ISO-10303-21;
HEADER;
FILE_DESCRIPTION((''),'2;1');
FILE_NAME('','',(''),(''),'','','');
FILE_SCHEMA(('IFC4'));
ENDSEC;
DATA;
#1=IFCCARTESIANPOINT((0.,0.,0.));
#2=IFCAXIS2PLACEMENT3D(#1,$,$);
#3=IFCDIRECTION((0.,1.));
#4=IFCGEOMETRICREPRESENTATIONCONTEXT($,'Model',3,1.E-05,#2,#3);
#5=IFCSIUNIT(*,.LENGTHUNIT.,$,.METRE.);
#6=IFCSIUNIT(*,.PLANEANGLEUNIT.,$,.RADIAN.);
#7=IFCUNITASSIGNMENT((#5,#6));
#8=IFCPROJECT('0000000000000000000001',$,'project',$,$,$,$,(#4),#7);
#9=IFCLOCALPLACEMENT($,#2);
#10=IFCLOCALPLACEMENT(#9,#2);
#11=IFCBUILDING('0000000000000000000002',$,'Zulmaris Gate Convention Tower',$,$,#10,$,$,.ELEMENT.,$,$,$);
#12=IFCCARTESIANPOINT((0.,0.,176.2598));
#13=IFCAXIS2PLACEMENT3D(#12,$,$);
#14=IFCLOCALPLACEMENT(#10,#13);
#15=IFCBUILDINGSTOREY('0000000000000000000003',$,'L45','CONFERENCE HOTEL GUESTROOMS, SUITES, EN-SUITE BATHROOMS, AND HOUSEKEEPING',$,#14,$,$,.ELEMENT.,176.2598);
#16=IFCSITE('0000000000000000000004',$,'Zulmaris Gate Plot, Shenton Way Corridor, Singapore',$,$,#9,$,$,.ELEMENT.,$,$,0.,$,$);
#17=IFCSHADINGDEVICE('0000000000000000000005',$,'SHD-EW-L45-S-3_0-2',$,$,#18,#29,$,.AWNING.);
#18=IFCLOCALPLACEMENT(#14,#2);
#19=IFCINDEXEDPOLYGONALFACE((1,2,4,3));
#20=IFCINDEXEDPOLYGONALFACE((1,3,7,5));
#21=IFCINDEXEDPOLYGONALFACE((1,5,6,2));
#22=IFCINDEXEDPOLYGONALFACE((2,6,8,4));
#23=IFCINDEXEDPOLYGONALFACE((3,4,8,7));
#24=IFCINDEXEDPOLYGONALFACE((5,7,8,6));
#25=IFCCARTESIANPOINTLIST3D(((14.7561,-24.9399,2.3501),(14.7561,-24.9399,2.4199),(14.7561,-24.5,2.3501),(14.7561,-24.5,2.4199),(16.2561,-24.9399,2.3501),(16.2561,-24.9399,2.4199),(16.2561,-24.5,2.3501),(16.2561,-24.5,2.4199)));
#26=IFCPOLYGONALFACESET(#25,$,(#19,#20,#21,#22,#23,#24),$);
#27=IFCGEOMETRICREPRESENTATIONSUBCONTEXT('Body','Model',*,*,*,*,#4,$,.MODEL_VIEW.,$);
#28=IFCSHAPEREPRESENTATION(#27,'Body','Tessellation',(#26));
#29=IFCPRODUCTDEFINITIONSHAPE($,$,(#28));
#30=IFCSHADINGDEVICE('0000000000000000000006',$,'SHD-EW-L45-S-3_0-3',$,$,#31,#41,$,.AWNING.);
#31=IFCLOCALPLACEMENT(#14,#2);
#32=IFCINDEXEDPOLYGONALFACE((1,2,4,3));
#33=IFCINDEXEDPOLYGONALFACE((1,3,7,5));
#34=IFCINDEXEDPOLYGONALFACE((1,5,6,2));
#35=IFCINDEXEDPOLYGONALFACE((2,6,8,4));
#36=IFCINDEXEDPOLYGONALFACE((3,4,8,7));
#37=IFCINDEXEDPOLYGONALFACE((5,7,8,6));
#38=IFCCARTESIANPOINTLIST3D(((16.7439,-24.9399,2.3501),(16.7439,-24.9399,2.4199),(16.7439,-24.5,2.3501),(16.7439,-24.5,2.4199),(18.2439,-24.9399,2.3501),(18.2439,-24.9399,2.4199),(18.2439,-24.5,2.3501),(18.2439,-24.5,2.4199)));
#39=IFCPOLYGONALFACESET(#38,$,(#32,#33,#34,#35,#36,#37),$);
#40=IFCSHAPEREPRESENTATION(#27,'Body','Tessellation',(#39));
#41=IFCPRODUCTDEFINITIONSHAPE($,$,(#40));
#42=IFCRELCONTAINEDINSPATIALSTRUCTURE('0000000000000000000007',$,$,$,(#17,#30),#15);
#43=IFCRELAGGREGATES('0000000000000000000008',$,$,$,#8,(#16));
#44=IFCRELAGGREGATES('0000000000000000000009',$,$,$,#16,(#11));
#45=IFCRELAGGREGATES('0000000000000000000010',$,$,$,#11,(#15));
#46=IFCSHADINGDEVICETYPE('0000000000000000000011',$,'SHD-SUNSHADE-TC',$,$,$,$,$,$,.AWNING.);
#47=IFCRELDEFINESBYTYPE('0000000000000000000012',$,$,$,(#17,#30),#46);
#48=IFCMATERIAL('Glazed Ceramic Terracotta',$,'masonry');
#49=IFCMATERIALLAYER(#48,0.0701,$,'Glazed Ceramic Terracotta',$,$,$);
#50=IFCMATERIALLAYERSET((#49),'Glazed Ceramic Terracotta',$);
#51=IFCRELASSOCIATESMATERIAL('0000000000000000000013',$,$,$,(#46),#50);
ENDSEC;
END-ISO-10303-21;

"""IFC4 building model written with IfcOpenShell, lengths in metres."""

from ifc_helpers import new_model, si_unit, direction, frame, frame_2d, origin, place, context, subcontext, project, spatial, rectangle, extrude, material, layer, layer_set, type_object, element, save


model = new_model("IFC4")

# Units and contexts
model_context = context("Model", 3, precision=1e-05, world=origin(), true_north=direction((0.0, 1.0)))
body_context = subcontext(model_context, "Body", "Model", "MODEL_VIEW")
ifc_project = project(units=[si_unit("LENGTHUNIT", "METRE"), si_unit("PLANEANGLEUNIT", "RADIAN")], contexts=[model_context])

# Site, building, storey
site_placement = place(None, origin())
site = spatial("IfcSite", under=ifc_project, at=site_placement, Name="Zulmaris Gate Plot, Shenton Way Corridor, Singapore", CompositionType="ELEMENT", RefElevation=0.0)
building_placement = place(site_placement, origin())
building = spatial("IfcBuilding", under=site, at=building_placement, Name="Zulmaris Gate Convention Tower", CompositionType="ELEMENT")
storey_placement = place(building_placement, frame((0.0, 0.0, 176.2598)))
storey = spatial("IfcBuildingStorey", under=building, at=storey_placement, Name="L45", Description="CONFERENCE HOTEL GUESTROOMS, SUITES, EN-SUITE BATHROOMS, AND HOUSEKEEPING", CompositionType="ELEMENT", Elevation=176.2598)

# Shading devices
ifc_material_1 = material(Name="Glazed Ceramic Terracotta", Category="masonry")
ifc_layer_1 = layer(ifc_material_1, 0.0701, Name="Glazed Ceramic Terracotta")
ifc_layer_set_1 = layer_set([ifc_layer_1], Name="Glazed Ceramic Terracotta")
shading_device_type = type_object("IfcShadingDeviceType", Name="SHD-SUNSHADE-TC", PredefinedType="AWNING", material=ifc_layer_set_1)
for number, where, z_axis, x_axis, name in (
    (1, (14.7561, -24.72, 2.3501), (0.0, 0.0, 1.0), (1.0, 0.0, 0.0), "SHD-EW-L45-S-3_0-2"),
    (2, (16.7439, -24.72, 2.3501), (0.0, 0.0, 1.0), (1.0, 0.0, 0.0), "SHD-EW-L45-S-3_0-3"),
):
    element("IfcShadingDevice", number, at=place(storey_placement, frame(where, z_axis=z_axis, x_axis=x_axis)), inside=storey, type_object=shading_device_type, Name=name, PredefinedType="AWNING", context=body_context, shape_type="SweptSolid", body=[
        extrude(rectangle(XDim=1.5, YDim=0.4399, at=frame_2d((0.75, 0.0))), origin(), (0.0, 0.0, 1.0), 0.0698),
    ])

save(model, "model.ifc")
